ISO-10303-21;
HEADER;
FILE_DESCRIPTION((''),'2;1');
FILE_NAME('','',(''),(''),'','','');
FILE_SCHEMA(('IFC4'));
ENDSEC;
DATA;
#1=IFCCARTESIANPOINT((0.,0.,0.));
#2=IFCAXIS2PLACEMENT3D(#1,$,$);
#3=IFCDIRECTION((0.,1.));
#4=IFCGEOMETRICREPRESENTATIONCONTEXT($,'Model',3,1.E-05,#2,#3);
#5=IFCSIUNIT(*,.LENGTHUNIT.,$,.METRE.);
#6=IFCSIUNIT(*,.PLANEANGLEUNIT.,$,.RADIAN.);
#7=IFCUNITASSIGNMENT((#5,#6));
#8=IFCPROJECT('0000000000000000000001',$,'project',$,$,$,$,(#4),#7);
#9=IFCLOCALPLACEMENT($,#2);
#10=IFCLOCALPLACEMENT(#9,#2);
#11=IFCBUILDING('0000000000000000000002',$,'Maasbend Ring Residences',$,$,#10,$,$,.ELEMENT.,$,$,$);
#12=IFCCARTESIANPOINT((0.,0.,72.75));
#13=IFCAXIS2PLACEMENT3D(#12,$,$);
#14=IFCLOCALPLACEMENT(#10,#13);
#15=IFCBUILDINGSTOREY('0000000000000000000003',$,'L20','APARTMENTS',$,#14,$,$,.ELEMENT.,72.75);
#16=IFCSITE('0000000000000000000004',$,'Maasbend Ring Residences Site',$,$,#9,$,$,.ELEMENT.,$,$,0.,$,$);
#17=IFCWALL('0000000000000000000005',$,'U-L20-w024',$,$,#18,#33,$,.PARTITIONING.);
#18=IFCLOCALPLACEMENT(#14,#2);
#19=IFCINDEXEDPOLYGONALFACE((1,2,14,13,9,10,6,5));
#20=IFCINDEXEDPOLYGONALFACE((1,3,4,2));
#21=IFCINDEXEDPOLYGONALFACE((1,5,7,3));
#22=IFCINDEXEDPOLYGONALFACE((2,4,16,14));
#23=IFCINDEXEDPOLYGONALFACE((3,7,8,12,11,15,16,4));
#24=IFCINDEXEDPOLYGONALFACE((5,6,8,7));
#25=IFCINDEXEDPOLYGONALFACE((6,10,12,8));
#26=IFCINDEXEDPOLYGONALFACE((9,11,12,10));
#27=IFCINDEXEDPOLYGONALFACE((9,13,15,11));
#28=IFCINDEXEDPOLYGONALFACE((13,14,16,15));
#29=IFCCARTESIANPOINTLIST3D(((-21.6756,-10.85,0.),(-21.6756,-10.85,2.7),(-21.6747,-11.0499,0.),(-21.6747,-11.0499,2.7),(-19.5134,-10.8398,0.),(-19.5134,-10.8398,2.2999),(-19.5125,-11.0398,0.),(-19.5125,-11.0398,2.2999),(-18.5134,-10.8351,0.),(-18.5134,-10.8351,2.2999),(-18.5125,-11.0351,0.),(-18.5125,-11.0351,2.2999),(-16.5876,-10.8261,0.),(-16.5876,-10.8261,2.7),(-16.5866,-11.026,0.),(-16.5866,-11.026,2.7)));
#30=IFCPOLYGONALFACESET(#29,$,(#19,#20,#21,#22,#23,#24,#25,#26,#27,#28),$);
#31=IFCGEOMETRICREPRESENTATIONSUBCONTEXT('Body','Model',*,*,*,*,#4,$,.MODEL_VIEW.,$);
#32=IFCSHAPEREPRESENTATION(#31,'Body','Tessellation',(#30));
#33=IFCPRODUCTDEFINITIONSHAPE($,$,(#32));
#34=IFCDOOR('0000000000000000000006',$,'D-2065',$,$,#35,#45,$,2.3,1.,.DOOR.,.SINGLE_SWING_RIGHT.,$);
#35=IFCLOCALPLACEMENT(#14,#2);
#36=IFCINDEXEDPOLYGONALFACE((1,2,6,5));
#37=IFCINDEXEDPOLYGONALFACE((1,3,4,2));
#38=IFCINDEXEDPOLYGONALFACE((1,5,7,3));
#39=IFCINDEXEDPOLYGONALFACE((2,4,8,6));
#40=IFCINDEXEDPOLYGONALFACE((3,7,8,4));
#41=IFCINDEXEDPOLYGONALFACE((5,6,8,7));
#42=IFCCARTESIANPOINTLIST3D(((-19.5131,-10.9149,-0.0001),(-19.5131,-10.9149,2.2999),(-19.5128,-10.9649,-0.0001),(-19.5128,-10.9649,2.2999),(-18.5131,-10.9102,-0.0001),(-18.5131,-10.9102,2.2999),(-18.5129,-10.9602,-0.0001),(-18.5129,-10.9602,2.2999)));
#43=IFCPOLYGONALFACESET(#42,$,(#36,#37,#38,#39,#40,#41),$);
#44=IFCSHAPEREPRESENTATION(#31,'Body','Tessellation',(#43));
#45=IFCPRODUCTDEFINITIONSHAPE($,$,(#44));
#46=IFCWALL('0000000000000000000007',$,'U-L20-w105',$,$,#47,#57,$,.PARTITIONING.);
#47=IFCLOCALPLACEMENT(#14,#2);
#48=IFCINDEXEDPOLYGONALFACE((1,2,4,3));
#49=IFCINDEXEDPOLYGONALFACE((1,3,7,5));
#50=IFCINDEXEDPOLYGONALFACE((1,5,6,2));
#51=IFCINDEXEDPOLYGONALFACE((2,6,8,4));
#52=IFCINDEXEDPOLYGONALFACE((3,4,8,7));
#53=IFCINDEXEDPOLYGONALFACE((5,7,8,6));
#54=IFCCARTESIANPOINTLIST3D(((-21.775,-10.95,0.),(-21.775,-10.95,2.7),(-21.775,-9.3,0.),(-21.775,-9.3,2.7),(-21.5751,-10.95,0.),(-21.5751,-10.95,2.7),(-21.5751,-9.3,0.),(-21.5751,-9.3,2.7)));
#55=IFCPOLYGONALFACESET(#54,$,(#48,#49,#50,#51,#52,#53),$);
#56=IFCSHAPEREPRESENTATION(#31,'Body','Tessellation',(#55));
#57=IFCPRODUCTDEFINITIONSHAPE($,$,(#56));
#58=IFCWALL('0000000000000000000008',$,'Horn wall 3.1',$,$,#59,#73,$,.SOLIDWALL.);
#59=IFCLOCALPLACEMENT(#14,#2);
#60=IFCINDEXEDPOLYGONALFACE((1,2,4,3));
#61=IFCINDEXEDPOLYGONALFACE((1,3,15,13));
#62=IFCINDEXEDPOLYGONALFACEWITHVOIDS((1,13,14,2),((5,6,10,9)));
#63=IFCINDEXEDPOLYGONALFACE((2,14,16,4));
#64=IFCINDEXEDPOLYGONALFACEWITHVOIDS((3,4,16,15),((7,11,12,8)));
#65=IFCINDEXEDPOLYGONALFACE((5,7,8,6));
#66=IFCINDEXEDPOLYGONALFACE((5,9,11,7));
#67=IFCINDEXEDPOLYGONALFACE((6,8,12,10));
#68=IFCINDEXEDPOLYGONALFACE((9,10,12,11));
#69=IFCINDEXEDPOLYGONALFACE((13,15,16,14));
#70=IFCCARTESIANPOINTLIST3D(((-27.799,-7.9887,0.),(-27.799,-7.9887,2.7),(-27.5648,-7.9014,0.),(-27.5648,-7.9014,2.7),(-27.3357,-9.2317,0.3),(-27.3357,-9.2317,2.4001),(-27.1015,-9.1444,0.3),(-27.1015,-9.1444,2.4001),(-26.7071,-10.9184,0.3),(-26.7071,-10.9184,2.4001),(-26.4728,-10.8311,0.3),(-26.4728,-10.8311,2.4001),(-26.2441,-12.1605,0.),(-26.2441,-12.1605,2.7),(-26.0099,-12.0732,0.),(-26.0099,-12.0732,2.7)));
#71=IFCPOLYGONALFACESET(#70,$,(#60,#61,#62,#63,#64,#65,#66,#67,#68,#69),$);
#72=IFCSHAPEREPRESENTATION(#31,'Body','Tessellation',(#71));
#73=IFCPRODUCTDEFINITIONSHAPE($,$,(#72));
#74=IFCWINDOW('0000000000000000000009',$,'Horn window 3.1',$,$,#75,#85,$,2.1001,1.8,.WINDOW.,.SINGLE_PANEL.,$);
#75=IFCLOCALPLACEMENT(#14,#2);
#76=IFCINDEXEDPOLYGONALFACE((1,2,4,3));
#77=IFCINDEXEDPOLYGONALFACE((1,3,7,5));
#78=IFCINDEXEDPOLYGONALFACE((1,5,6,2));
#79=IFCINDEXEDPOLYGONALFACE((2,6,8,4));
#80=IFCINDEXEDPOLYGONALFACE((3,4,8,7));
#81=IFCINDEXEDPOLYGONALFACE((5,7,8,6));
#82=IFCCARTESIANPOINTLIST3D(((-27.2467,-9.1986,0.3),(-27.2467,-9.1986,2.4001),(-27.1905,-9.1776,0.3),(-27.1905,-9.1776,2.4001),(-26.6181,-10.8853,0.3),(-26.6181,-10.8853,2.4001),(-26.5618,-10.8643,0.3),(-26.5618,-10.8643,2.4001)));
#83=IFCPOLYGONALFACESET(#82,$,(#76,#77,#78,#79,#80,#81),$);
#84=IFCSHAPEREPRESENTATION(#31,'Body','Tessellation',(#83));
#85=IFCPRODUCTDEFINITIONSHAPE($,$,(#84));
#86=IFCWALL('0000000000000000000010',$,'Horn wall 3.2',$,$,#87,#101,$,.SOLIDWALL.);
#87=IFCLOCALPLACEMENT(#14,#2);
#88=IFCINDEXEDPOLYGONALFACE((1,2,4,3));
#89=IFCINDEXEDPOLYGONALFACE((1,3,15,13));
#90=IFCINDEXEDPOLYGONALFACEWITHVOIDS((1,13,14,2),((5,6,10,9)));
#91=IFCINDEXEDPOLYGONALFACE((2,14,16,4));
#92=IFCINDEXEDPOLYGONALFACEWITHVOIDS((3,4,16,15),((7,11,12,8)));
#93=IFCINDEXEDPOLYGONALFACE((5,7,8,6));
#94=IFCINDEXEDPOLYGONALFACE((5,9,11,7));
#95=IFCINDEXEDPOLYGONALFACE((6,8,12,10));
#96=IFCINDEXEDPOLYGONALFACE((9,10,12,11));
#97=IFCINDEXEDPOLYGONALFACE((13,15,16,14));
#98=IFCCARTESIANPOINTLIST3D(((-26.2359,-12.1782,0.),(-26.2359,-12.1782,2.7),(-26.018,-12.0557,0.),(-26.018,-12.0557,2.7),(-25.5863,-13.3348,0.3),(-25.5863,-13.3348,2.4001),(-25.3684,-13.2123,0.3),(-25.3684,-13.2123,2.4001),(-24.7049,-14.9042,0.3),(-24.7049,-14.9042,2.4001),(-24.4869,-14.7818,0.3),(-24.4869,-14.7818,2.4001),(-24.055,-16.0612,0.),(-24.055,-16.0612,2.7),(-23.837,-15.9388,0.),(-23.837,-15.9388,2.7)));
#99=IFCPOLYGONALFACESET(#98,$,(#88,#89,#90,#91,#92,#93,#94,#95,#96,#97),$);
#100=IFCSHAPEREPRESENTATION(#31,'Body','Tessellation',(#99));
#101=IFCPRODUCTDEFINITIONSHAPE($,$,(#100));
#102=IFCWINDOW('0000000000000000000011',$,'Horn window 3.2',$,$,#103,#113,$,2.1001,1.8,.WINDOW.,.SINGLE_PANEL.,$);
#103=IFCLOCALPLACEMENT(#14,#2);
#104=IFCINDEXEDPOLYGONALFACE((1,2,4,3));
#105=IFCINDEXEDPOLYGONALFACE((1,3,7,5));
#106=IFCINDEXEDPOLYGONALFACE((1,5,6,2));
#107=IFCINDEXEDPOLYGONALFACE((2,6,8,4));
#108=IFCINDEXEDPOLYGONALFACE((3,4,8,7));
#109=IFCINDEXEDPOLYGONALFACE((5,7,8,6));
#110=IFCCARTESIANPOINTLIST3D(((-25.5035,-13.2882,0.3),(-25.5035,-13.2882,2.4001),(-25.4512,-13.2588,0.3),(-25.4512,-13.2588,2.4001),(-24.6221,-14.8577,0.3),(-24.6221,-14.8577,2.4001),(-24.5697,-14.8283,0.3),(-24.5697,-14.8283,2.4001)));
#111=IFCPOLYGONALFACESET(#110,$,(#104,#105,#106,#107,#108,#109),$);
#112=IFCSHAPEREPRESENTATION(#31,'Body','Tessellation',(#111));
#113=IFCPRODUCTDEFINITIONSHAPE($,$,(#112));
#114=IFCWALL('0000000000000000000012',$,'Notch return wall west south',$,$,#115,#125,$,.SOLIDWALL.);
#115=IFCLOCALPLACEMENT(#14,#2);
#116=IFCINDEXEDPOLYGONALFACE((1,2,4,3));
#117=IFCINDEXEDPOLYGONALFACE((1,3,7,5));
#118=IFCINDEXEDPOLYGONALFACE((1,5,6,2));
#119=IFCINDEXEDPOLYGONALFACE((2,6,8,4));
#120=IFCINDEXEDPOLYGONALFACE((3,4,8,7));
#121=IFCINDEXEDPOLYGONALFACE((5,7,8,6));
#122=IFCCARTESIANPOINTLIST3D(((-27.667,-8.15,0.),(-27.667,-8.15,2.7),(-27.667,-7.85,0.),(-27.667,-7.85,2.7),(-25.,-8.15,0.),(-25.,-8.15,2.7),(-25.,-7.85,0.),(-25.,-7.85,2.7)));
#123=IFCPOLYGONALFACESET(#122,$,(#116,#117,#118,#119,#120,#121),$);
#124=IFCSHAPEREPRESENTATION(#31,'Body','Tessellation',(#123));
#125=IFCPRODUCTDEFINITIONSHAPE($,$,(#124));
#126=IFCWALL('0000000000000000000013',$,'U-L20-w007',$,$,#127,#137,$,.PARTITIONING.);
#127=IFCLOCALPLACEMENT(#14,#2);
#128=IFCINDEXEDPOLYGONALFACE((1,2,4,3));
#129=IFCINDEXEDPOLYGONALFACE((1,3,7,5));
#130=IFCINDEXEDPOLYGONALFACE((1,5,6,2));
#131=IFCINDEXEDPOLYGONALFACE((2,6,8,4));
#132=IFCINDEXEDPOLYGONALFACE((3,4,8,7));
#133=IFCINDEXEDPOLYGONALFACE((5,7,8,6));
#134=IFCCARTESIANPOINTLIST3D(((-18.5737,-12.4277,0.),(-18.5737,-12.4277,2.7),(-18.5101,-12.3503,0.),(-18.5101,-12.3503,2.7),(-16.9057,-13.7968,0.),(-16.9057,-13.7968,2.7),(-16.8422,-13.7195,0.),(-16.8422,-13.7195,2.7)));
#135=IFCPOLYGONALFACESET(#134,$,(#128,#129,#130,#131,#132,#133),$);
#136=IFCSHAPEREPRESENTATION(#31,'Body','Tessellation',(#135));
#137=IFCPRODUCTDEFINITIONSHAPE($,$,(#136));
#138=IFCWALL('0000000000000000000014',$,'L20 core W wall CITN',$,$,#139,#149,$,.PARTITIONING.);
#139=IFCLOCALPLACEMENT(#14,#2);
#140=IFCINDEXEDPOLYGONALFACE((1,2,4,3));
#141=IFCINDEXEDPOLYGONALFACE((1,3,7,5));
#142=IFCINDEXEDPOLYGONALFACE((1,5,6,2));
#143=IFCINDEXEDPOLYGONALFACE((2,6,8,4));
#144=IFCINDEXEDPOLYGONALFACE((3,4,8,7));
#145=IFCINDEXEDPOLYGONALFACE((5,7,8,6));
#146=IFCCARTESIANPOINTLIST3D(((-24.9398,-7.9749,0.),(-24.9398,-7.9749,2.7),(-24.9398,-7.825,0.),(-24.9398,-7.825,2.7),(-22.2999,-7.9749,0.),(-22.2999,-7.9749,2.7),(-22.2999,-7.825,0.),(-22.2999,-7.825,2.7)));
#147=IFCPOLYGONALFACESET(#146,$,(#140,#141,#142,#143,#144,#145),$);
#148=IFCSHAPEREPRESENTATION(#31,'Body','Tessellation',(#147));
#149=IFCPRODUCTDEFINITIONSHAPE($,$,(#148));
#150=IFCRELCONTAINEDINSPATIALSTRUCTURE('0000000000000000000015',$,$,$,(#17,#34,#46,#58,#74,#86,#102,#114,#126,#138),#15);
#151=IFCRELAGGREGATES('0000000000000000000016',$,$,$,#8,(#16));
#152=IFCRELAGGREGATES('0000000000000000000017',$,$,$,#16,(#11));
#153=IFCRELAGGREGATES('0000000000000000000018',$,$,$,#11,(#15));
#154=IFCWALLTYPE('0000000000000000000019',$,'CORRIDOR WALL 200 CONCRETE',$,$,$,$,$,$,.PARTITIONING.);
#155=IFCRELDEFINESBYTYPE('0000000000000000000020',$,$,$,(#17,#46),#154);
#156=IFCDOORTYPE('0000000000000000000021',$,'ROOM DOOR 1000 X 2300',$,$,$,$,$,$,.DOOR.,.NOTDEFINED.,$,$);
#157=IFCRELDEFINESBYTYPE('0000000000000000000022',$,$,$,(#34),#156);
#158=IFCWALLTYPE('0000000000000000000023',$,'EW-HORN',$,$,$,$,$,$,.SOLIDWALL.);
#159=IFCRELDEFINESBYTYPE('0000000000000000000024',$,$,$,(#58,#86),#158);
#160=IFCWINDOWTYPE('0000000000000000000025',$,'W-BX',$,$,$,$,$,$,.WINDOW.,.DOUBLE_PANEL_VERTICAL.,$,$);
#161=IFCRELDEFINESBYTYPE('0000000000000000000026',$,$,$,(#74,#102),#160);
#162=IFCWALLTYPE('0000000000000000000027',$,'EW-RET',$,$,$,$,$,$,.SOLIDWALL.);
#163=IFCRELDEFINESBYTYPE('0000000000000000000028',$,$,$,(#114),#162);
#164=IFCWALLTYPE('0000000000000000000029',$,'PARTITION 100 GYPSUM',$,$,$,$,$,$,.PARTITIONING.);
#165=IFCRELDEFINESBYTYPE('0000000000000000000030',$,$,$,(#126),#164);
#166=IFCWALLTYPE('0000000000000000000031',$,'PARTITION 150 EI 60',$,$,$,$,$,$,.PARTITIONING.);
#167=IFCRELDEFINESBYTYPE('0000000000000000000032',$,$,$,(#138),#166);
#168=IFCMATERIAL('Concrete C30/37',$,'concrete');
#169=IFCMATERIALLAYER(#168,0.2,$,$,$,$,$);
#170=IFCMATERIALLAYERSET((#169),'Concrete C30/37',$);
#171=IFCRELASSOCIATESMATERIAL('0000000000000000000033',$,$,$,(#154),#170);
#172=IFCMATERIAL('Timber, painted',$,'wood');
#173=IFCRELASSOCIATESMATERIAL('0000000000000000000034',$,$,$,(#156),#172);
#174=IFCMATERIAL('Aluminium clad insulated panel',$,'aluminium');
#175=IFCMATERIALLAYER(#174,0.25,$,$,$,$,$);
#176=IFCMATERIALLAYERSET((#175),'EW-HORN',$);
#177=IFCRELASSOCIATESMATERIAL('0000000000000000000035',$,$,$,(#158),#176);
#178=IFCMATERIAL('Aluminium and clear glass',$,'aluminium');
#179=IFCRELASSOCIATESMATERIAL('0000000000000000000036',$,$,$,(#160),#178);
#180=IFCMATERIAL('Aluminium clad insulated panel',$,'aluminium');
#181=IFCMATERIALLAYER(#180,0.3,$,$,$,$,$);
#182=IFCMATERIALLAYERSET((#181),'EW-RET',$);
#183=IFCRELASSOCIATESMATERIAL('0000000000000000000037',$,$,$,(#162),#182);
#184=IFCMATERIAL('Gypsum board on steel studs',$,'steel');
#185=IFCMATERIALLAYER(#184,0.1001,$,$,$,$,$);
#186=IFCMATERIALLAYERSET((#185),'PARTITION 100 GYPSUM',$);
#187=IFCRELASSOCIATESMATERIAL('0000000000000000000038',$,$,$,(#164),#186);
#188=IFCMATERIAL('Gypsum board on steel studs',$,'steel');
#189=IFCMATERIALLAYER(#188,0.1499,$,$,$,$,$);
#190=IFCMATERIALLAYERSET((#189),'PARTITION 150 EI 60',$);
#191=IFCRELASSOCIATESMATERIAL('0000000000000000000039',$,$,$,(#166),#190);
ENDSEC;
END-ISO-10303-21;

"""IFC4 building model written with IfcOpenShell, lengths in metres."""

from ifc_helpers import new_model, si_unit, direction, frame, frame_2d, origin, place, context, subcontext, project, spatial, rectangle, extrude, material, layer, layer_set, type_object, element, fill, save


model = new_model("IFC4")

# Units and contexts
model_context = context("Model", 3, precision=1e-05, world=origin(), true_north=direction((0.0, 1.0)))
body_context = subcontext(model_context, "Body", "Model", "MODEL_VIEW")
ifc_project = project(units=[si_unit("LENGTHUNIT", "METRE"), si_unit("PLANEANGLEUNIT", "RADIAN")], contexts=[model_context])

# Site, building, storey
site_placement = place(None, origin())
site = spatial("IfcSite", under=ifc_project, at=site_placement, Name="Maasbend Ring Residences Site", CompositionType="ELEMENT", RefElevation=0.0)
building_placement = place(site_placement, origin())
building = spatial("IfcBuilding", under=site, at=building_placement, Name="Maasbend Ring Residences", CompositionType="ELEMENT")
storey_placement = place(building_placement, frame((0.0, 0.0, 72.75)))
storey = spatial("IfcBuildingStorey", under=building, at=storey_placement, Name="L20", Description="APARTMENTS", CompositionType="ELEMENT", Elevation=72.75)

# Wall, opening, door
ifc_material_1 = material(Name="Concrete C30/37", Category="concrete")
ifc_layer_1 = layer(ifc_material_1, 0.2)
ifc_layer_set_1 = layer_set([ifc_layer_1], Name="Concrete C30/37")
wall_type_1 = type_object("IfcWallType", Name="CORRIDOR WALL 200 CONCRETE", PredefinedType="PARTITIONING", material=ifc_layer_set_1)
wall_1_placement = place(storey_placement, frame((-21.675, -10.95, 0.0), z_axis=(0.0, 0.0, 1.0), x_axis=(0.999989, 0.004702, 0.0)))
wall_1 = element("IfcWall", 1, at=wall_1_placement, inside=storey, type_object=wall_type_1, Name="U-L20-w024", PredefinedType="PARTITIONING", context=body_context, shape_type="SweptSolid", body=[
    extrude(rectangle(XDim=5.0881, YDim=0.2, at=frame_2d((2.5439, 0.0))), origin(), (0.0, 0.0, 1.0), 2.7),
])
opening_1_placement = place(wall_1_placement, frame((2.1621, 0.0, 0.0)))
opening_1 = element("IfcOpeningElement", 2, at=opening_1_placement, cuts=wall_1, PredefinedType="OPENING", context=body_context, shape_type="SweptSolid", body=[
    extrude(rectangle(XDim=1.0, YDim=2.3, at=frame_2d((0.5, 1.1499))), frame((0.0, 0.1099, 0.0), z_axis=(0.0, -1.0, 0.0), x_axis=(1.0, 0.0, 0.0)), (0.0, 0.0, 1.0), 0.22),
])
ifc_material_2 = material(Name="Timber, painted", Category="wood")
door_type_1 = type_object("IfcDoorType", Name="ROOM DOOR 1000 X 2300", OperationType="NOTDEFINED", PredefinedType="DOOR", material=ifc_material_2)
door_1_placement = place(opening_1_placement, origin())
door_1 = element("IfcDoor", 3, at=door_1_placement, inside=storey, type_object=door_type_1, Name="D-2065", OperationType="SINGLE_SWING_RIGHT", OverallHeight=2.3, OverallWidth=1.0, PredefinedType="DOOR", context=body_context, shape_type="SweptSolid", body=[
    extrude(rectangle(XDim=1.0, YDim=2.3, at=frame_2d((0.5, 1.1499))), frame((0.0, 0.0249, 0.0), z_axis=(0.0, -1.0, 0.0), x_axis=(1.0, 0.0, 0.0)), (0.0, 0.0, 1.0), 0.05),
])
fill(opening_1, door_1)

# Wall
wall_2_placement = place(storey_placement, frame((-21.675, -10.95, 0.0), z_axis=(0.0, 0.0, 1.0), x_axis=(0.0, 1.0, 0.0)))
element("IfcWall", 4, at=wall_2_placement, inside=storey, type_object=wall_type_1, Name="U-L20-w105", PredefinedType="PARTITIONING", context=body_context, shape_type="SweptSolid", body=[
    extrude(rectangle(XDim=1.6499, YDim=0.2, at=frame_2d((0.825, 0.0))), origin(), (0.0, 0.0, 1.0), 2.7),
])

# Walls, openings, windows
ifc_material_3 = material(Name="Aluminium clad insulated panel", Category="aluminium")
ifc_layer_2 = layer(ifc_material_3, 0.25)
ifc_layer_set_2 = layer_set([ifc_layer_2], Name="EW-HORN")
wall_type_2 = type_object("IfcWallType", Name="EW-HORN", PredefinedType="SOLIDWALL", material=ifc_layer_set_2)
wall_3_placement = place(storey_placement, frame((-27.6819, -7.9451, 0.0), z_axis=(0.0, 0.0, 1.0), x_axis=(0.349248, -0.93703, 0.0)))
wall_3 = element("IfcWall", 5, at=wall_3_placement, inside=storey, type_object=wall_type_2, Name="Horn wall 3.1", PredefinedType="SOLIDWALL", context=body_context, shape_type="SweptSolid", body=[
    extrude(rectangle(XDim=4.4521, YDim=0.25, at=frame_2d((2.2261, 0.0))), origin(), (0.0, 0.0, 1.0), 2.7),
])
opening_2_placement = place(wall_3_placement, frame((1.3267, 0.0, 0.3)))
opening_2 = element("IfcOpeningElement", 6, at=opening_2_placement, cuts=wall_3, PredefinedType="OPENING", context=body_context, shape_type="SweptSolid", body=[
    extrude(rectangle(XDim=1.8, YDim=2.1001, at=frame_2d((0.8999, 1.05))), frame((0.0, 0.135, 0.0), z_axis=(0.0, -1.0, 0.0), x_axis=(1.0, 0.0, 0.0)), (0.0, 0.0, 1.0), 0.27),
])
ifc_material_4 = material(Name="Aluminium and clear glass", Category="aluminium")
window_type = type_object("IfcWindowType", Name="W-BX", PartitioningType="DOUBLE_PANEL_VERTICAL", PredefinedType="WINDOW", material=ifc_material_4)
window_1_placement = place(opening_2_placement, origin())
window_1 = element("IfcWindow", 7, at=window_1_placement, inside=storey, type_object=window_type, Name="Horn window 3.1", OverallHeight=2.1001, OverallWidth=1.8, PartitioningType="SINGLE_PANEL", PredefinedType="WINDOW", context=body_context, shape_type="SweptSolid", body=[
    extrude(rectangle(XDim=1.8, YDim=2.1001, at=frame_2d((0.8999, 1.05))), frame((0.0, 0.03, 0.0), z_axis=(0.0, -1.0, 0.0), x_axis=(1.0, 0.0, 0.0)), (0.0, 0.0, 1.0), 0.0601),
])
fill(opening_2, window_1)
wall_4_placement = place(storey_placement, frame((-26.127, -12.1169, 0.0), z_axis=(0.0, 0.0, 1.0), x_axis=(0.489696, -0.871893, 0.0)))
wall_4 = element("IfcWall", 8, at=wall_4_placement, inside=storey, type_object=wall_type_2, Name="Horn wall 3.2", PredefinedType="SOLIDWALL", context=body_context, shape_type="SweptSolid", body=[
    extrude(rectangle(XDim=4.4536, YDim=0.25, at=frame_2d((2.2268, 0.0))), origin(), (0.0, 0.0, 1.0), 2.7),
])
opening_3_placement = place(wall_4_placement, frame((1.3267, 0.0, 0.3)))
opening_3 = element("IfcOpeningElement", 9, at=opening_3_placement, cuts=wall_4, PredefinedType="OPENING", context=body_context, shape_type="SweptSolid", body=[
    extrude(rectangle(XDim=1.8, YDim=2.1001, at=frame_2d((0.8999, 1.05))), frame((0.0, 0.135, 0.0), z_axis=(0.0, -1.0, 0.0), x_axis=(1.0, 0.0, 0.0)), (0.0, 0.0, 1.0), 0.27),
])
window_2_placement = place(opening_3_placement, origin())
window_2 = element("IfcWindow", 10, at=window_2_placement, inside=storey, type_object=window_type, Name="Horn window 3.2", OverallHeight=2.1001, OverallWidth=1.8, PartitioningType="SINGLE_PANEL", PredefinedType="WINDOW", context=body_context, shape_type="SweptSolid", body=[
    extrude(rectangle(XDim=1.8, YDim=2.1001, at=frame_2d((0.8999, 1.05))), frame((0.0, 0.03, 0.0), z_axis=(0.0, -1.0, 0.0), x_axis=(1.0, 0.0, 0.0)), (0.0, 0.0, 1.0), 0.0601),
])
fill(opening_3, window_2)

# Walls
ifc_material_5 = material(Name="Aluminium clad insulated panel", Category="aluminium")
ifc_layer_3 = layer(ifc_material_5, 0.3)
ifc_layer_set_3 = layer_set([ifc_layer_3], Name="EW-RET")
wall_type_3 = type_object("IfcWallType", Name="EW-RET", PredefinedType="SOLIDWALL", material=ifc_layer_set_3)
wall_5_placement = place(storey_placement, frame((-25.0, -8.0, 0.0), z_axis=(0.0, 0.0, 1.0), x_axis=(-1.0, 0.0, 0.0)))
element("IfcWall", 11, at=wall_5_placement, inside=storey, type_object=wall_type_3, Name="Notch return wall west south", PredefinedType="SOLIDWALL", context=body_context, shape_type="SweptSolid", body=[
    extrude(rectangle(XDim=2.667, YDim=0.3, at=frame_2d((1.3335, 0.0))), origin(), (0.0, 0.0, 1.0), 2.7),
])
ifc_material_6 = material(Name="Gypsum board on steel studs", Category="steel")
ifc_layer_4 = layer(ifc_material_6, 0.1001)
ifc_layer_set_4 = layer_set([ifc_layer_4], Name="PARTITION 100 GYPSUM")
wall_type_4 = type_object("IfcWallType", Name="PARTITION 100 GYPSUM", PredefinedType="PARTITIONING", material=ifc_layer_set_4)
wall_6_placement = place(storey_placement, frame((-18.542, -12.3889, 0.0), z_axis=(0.0, 0.0, 1.0), x_axis=(0.772948, -0.634469, 0.0)))
element("IfcWall", 12, at=wall_6_placement, inside=storey, type_object=wall_type_4, Name="U-L20-w007", PredefinedType="PARTITIONING", context=body_context, shape_type="SweptSolid", body=[
    extrude(rectangle(XDim=2.158, YDim=0.1001, at=frame_2d((1.0791, 0.0))), origin(), (0.0, 0.0, 1.0), 2.7),
])
ifc_material_7 = material(Name="Gypsum board on steel studs", Category="steel")
ifc_layer_5 = layer(ifc_material_7, 0.1499)
ifc_layer_set_5 = layer_set([ifc_layer_5], Name="PARTITION 150 EI 60")
wall_type_5 = type_object("IfcWallType", Name="PARTITION 150 EI 60", PredefinedType="PARTITIONING", material=ifc_layer_set_5)
wall_7_placement = place(storey_placement, frame((-22.3, -7.8999, 0.0), z_axis=(0.0, 0.0, 1.0), x_axis=(-1.0, 0.0, 0.0)))
element("IfcWall", 13, at=wall_7_placement, inside=storey, type_object=wall_type_5, Name="L20 core W wall CITN", PredefinedType="PARTITIONING", context=body_context, shape_type="SweptSolid", body=[
    extrude(rectangle(XDim=2.6399, YDim=0.1499, at=frame_2d((1.3198, 0.0))), origin(), (0.0, 0.0, 1.0), 2.7),
])

save(model, "model.ifc")
